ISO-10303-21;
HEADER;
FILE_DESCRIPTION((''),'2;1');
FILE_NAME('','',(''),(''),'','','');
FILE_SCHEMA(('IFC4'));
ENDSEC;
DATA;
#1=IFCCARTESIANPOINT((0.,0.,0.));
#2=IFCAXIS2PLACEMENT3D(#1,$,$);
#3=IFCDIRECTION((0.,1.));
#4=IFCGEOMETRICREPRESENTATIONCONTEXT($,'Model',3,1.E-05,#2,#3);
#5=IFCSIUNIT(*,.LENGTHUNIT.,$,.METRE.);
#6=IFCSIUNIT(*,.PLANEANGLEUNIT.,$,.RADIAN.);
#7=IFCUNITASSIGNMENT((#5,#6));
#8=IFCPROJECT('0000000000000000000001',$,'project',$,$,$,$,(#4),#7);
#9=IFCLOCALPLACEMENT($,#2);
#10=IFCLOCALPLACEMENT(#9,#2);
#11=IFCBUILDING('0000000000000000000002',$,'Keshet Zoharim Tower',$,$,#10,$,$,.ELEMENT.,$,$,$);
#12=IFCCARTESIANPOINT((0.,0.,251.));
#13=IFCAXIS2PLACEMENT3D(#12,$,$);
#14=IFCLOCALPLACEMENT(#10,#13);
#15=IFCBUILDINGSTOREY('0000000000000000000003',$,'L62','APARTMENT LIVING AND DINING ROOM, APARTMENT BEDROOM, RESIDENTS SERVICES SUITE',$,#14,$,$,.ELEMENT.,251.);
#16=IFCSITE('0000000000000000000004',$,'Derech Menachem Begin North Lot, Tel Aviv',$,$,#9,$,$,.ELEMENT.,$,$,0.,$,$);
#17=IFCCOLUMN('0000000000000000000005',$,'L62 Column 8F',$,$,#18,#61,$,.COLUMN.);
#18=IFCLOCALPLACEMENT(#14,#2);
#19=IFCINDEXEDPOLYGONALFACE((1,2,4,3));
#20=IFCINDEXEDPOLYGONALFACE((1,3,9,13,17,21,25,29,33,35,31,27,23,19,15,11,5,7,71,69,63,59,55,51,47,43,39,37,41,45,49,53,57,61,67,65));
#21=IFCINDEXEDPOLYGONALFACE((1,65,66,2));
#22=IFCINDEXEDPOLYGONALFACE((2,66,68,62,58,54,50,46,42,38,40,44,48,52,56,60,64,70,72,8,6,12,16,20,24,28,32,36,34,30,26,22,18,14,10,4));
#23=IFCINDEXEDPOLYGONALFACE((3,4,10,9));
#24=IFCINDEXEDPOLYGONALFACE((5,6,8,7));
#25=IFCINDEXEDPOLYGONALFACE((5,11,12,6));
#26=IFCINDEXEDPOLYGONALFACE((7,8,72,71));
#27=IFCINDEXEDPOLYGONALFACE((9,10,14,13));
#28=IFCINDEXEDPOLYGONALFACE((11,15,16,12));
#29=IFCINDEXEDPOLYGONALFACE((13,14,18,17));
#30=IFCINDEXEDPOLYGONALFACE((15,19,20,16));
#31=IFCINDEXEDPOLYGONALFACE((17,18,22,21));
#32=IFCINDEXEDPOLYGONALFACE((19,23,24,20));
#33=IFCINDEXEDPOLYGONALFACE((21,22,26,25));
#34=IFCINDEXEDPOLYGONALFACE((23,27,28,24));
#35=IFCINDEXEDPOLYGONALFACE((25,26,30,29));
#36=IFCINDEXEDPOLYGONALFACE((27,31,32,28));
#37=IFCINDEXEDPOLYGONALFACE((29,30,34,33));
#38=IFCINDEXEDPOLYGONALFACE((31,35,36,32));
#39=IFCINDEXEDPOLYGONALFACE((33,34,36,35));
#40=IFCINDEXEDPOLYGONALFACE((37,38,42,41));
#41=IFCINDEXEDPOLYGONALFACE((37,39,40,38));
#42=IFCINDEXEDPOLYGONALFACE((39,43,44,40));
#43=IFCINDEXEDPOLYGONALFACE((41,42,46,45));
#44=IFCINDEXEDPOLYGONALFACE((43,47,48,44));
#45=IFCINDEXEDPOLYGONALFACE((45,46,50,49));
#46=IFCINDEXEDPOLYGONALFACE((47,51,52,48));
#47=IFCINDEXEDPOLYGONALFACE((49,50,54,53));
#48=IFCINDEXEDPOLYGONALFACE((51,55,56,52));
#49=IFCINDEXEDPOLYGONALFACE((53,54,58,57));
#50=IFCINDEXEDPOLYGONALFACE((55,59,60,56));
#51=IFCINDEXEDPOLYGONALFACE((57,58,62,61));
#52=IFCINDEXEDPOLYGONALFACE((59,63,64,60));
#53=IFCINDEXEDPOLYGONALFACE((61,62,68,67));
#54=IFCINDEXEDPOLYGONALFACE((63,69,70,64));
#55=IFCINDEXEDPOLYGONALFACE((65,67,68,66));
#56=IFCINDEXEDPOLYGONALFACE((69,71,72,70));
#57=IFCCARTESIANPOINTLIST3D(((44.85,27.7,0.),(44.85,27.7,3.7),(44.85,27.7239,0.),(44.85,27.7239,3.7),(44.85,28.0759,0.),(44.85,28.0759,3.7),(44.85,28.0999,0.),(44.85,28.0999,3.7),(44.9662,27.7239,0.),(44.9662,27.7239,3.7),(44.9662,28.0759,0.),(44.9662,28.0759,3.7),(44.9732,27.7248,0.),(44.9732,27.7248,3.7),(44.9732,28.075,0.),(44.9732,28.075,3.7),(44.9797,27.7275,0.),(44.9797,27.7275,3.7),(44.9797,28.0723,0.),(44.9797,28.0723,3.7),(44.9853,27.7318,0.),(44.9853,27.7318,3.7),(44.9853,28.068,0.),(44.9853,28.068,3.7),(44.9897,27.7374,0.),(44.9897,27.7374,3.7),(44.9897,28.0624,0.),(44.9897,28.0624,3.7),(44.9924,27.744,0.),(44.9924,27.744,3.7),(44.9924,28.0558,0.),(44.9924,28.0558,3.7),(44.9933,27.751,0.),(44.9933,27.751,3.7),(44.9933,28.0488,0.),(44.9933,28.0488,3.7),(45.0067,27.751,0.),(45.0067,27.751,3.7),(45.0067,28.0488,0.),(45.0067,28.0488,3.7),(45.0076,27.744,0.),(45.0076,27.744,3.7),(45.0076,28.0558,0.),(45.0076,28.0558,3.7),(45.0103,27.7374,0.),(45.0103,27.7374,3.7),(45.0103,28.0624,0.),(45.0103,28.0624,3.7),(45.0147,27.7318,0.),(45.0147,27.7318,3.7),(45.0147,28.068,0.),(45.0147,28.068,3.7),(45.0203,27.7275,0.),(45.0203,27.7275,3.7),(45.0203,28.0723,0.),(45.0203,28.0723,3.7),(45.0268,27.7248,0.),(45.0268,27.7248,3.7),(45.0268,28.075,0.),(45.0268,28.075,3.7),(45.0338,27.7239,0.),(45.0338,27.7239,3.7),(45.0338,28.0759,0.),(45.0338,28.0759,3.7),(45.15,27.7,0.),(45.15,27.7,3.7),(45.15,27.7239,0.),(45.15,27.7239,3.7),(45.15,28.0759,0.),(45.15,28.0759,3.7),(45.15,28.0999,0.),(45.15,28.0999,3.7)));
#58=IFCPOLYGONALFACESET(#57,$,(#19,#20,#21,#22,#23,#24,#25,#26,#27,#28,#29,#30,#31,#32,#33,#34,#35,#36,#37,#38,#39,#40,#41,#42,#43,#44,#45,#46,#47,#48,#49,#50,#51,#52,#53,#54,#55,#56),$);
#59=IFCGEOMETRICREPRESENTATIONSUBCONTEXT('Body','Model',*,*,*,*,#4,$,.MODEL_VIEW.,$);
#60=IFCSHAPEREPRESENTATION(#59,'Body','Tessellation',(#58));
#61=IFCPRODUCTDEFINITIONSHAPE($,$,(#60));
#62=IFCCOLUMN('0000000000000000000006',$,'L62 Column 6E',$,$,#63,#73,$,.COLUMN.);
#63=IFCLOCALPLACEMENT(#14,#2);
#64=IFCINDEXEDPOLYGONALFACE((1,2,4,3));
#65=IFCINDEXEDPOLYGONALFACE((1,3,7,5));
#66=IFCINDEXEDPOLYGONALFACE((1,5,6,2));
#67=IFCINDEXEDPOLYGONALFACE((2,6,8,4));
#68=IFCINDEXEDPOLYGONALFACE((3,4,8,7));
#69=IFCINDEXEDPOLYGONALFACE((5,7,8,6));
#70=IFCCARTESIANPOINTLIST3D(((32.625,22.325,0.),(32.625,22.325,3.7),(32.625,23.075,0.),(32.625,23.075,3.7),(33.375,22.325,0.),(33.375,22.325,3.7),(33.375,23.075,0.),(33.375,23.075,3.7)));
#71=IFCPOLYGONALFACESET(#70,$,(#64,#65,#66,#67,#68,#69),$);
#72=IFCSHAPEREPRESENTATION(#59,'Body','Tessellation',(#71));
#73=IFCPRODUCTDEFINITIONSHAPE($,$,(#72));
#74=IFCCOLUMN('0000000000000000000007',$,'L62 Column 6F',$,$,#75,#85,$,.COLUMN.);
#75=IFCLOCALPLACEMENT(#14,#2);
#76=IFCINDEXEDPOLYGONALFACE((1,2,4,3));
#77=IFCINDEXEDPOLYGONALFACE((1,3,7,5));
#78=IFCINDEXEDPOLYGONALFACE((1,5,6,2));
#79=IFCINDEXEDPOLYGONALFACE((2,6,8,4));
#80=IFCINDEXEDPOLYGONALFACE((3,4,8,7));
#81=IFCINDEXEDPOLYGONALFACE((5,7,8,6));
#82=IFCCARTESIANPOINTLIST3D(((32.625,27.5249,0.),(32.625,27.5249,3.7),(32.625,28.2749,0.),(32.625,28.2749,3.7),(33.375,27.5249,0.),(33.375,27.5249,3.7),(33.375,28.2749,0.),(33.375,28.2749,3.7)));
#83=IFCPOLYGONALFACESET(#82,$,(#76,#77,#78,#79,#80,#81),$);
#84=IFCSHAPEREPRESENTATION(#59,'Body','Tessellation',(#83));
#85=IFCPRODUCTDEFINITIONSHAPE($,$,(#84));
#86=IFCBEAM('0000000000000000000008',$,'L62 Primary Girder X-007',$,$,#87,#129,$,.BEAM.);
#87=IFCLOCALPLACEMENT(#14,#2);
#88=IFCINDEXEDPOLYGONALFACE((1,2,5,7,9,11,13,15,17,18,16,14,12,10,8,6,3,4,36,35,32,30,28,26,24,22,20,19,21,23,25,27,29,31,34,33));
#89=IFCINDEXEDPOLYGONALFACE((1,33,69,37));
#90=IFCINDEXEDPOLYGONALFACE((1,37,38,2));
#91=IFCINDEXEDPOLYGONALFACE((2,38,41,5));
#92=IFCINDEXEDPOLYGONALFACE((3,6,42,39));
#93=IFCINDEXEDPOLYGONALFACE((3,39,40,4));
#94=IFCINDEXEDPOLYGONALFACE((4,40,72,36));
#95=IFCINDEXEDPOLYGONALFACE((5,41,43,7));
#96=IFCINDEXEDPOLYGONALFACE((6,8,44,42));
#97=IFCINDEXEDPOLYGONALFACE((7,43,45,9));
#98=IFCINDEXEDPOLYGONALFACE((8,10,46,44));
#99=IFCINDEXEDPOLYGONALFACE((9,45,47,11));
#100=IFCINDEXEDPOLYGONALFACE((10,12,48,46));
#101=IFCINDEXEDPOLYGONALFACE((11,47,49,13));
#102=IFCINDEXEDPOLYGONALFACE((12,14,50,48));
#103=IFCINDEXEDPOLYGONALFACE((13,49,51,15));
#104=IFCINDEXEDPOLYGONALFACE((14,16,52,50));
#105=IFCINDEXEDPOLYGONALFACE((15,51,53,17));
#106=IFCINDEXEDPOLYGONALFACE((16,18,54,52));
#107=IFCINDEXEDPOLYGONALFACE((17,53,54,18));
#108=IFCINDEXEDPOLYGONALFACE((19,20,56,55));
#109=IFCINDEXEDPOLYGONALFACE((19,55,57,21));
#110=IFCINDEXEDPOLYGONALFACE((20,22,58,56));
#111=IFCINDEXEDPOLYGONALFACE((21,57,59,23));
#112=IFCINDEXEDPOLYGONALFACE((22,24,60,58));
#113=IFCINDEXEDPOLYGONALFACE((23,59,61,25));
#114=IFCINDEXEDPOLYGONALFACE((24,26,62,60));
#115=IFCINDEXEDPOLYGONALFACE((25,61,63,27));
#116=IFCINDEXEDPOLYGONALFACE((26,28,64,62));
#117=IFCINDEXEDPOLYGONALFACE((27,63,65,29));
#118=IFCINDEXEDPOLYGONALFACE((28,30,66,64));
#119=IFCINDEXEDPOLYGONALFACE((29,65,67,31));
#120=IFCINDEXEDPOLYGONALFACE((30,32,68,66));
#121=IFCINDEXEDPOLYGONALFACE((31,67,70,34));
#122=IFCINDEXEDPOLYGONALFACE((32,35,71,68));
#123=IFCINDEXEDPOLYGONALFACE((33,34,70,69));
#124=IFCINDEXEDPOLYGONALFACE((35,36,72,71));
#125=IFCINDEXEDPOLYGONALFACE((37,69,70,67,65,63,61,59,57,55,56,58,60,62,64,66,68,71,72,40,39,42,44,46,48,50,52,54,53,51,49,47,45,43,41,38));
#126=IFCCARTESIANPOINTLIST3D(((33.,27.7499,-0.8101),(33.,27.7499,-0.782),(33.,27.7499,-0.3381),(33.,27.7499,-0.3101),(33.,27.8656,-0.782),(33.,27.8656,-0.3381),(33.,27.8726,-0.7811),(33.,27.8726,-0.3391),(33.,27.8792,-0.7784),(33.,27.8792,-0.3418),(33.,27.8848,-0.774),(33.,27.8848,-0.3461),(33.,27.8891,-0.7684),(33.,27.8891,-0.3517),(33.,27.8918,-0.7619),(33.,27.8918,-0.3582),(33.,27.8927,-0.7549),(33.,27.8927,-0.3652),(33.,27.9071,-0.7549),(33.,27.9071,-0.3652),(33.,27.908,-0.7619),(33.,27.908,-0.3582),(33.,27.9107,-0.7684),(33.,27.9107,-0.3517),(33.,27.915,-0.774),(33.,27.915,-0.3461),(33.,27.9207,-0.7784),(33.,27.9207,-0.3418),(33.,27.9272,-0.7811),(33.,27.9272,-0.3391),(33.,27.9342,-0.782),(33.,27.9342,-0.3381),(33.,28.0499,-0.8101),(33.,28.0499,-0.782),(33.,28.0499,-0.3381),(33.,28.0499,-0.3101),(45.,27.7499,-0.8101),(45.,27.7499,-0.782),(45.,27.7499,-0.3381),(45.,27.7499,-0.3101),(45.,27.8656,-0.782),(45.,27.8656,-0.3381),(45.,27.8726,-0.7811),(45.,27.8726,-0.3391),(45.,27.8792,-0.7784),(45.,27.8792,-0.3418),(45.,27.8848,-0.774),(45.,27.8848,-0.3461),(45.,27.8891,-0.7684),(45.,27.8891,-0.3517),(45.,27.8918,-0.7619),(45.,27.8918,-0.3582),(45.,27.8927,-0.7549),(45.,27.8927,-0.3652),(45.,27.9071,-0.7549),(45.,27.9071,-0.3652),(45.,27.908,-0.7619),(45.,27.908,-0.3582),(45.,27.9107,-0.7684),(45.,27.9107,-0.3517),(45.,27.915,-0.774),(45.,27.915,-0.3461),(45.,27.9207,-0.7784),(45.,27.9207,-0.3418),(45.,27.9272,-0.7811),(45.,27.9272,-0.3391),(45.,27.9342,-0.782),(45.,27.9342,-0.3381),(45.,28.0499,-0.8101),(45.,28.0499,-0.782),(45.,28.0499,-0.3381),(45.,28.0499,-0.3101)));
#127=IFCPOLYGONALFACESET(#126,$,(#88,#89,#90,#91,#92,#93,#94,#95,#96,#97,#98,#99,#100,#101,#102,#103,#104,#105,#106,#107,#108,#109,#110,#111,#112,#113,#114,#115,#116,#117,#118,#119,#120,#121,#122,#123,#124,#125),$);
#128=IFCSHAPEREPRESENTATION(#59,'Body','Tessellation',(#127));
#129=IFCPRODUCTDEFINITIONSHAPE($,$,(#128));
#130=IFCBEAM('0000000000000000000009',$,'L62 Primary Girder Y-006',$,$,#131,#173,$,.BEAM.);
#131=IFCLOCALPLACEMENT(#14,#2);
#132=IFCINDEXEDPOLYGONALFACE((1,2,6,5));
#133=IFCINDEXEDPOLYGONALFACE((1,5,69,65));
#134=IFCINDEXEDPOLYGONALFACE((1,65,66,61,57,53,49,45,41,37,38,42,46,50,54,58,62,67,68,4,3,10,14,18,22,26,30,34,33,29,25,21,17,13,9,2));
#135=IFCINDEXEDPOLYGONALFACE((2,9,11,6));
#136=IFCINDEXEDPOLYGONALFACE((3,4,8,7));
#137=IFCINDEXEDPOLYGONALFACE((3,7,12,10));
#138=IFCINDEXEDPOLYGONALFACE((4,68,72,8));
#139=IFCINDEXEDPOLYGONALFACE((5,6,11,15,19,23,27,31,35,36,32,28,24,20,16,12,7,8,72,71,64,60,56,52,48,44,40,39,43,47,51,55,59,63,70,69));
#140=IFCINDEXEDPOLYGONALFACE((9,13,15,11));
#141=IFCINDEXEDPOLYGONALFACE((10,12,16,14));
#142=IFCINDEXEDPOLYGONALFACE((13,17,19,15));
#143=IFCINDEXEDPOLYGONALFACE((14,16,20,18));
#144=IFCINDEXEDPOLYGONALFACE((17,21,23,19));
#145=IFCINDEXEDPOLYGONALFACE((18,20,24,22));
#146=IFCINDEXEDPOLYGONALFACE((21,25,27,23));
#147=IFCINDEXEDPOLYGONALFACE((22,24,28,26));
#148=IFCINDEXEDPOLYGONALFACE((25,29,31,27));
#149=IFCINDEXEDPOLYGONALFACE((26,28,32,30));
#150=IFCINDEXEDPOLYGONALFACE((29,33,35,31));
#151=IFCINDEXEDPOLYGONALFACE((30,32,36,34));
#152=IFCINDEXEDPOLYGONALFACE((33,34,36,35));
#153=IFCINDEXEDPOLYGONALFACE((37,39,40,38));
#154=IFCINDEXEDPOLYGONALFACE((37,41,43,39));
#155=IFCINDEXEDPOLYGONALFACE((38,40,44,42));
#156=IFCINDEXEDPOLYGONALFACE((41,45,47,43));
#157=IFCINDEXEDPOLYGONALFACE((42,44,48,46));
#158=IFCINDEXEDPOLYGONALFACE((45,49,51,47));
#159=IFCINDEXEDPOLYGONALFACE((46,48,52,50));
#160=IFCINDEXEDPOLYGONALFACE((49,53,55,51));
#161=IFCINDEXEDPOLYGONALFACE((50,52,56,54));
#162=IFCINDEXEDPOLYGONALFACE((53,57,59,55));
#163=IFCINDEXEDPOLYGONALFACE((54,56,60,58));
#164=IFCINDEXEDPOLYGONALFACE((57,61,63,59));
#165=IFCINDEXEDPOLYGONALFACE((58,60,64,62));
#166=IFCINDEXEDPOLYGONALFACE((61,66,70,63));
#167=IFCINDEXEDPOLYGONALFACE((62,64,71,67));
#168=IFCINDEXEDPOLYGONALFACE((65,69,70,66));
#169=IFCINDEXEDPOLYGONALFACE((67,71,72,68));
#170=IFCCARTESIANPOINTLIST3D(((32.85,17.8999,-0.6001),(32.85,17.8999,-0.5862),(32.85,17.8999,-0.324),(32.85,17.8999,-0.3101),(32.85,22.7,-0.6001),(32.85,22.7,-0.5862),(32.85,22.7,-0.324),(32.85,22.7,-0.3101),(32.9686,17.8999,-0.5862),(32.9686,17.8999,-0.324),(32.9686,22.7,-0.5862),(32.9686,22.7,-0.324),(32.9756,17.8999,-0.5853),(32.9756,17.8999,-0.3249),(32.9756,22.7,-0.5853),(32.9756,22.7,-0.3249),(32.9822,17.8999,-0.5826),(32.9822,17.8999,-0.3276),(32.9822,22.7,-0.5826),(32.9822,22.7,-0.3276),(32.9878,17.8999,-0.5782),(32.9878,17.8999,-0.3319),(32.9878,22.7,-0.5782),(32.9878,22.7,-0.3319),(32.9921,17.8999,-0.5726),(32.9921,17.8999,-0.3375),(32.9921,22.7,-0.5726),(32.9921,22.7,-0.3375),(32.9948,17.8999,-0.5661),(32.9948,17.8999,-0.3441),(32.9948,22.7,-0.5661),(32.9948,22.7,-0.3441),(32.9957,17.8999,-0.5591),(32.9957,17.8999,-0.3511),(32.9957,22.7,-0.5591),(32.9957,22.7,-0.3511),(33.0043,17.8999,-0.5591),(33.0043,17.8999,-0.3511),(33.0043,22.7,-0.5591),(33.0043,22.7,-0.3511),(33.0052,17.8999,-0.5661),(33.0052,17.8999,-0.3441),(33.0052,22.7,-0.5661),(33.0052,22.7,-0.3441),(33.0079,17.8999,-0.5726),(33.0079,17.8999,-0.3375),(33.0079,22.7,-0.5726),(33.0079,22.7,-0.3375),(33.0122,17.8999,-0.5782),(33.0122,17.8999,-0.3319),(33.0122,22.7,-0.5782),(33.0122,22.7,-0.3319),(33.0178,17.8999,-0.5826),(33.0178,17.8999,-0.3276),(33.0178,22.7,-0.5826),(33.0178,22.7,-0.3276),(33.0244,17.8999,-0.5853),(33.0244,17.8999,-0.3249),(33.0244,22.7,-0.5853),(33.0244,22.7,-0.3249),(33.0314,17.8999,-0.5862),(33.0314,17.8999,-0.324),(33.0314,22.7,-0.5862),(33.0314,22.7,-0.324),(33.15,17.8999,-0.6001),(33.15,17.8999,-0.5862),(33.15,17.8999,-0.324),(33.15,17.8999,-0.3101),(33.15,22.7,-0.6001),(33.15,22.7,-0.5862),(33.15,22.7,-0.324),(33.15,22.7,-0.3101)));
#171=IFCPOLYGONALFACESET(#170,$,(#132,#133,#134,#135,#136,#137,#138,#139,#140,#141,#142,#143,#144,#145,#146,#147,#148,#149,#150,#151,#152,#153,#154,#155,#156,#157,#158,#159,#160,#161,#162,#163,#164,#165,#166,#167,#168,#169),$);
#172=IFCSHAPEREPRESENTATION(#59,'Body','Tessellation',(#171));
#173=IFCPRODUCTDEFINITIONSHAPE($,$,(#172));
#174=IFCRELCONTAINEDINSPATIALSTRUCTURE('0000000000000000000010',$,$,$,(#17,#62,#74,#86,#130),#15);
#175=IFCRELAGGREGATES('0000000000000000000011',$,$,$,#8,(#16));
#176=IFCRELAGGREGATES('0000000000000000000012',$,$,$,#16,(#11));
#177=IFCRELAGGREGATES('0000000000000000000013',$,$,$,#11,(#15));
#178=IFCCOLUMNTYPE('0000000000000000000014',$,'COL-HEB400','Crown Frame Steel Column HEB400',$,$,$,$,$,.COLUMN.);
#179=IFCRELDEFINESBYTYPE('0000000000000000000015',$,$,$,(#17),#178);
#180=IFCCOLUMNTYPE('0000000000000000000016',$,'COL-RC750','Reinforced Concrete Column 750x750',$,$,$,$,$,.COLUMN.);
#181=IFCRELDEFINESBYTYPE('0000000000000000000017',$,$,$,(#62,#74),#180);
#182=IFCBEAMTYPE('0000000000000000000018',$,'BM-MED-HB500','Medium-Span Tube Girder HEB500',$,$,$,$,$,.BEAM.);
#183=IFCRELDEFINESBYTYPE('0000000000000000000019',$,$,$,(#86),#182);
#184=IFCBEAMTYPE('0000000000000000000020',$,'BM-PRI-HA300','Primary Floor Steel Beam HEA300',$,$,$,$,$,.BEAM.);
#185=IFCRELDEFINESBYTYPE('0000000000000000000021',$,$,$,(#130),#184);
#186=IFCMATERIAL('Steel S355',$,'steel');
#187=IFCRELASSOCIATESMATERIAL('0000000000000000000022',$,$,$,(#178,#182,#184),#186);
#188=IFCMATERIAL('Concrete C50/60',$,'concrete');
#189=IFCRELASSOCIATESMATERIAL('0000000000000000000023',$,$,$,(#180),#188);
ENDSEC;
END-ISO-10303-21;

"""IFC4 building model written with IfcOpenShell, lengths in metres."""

from ifc_helpers import new_model, si_unit, direction, frame, origin, origin_2d, place, context, subcontext, project, spatial, rectangle, i_section, extrude, material, material_profile, profile_set, type_object, element, save


model = new_model("IFC4")

# Units and contexts
model_context = context("Model", 3, precision=1e-05, world=origin(), true_north=direction((0.0, 1.0)))
body_context = subcontext(model_context, "Body", "Model", "MODEL_VIEW")
ifc_project = project(units=[si_unit("LENGTHUNIT", "METRE"), si_unit("PLANEANGLEUNIT", "RADIAN")], contexts=[model_context])

# Site, building, storey
site_placement = place(None, origin())
site = spatial("IfcSite", under=ifc_project, at=site_placement, Name="Derech Menachem Begin North Lot, Tel Aviv", CompositionType="ELEMENT", RefElevation=0.0)
building_placement = place(site_placement, origin())
building = spatial("IfcBuilding", under=site, at=building_placement, Name="Keshet Zoharim Tower", CompositionType="ELEMENT")
storey_placement = place(building_placement, frame((0.0, 0.0, 251.0)))
storey = spatial("IfcBuildingStorey", under=building, at=storey_placement, Name="L62", Description="APARTMENT LIVING AND DINING ROOM, APARTMENT BEDROOM, RESIDENTS SERVICES SUITE", CompositionType="ELEMENT", Elevation=251.0)

# Columns
ifc_material_1 = material(Name="Steel S355", Category="steel")
ifc_material_profile_1 = material_profile(ifc_material_1, i_section(OverallWidth=0.3, OverallDepth=0.3999, WebThickness=0.0134, FlangeThickness=0.0239, FilletRadius=0.0271, at=origin_2d()), Name="HEB400")
ifc_profile_set_1 = profile_set([ifc_material_profile_1], Name="Steel S355")
column_type_1 = type_object("IfcColumnType", Name="COL-HEB400", Description="Crown Frame Steel Column HEB400", PredefinedType="COLUMN", material=ifc_profile_set_1)
column_placement = place(storey_placement, frame((45.0, 27.8999, 0.0), z_axis=(0.0, 0.0, 1.0), x_axis=(1.0, 0.0, 0.0)))
element("IfcColumn", 1, at=column_placement, inside=storey, type_object=column_type_1, Name="L62 Column 8F", PredefinedType="COLUMN", context=body_context, shape_type="SweptSolid", body=[
    extrude(i_section(OverallWidth=0.3, OverallDepth=0.3999, WebThickness=0.0134, FlangeThickness=0.0239, FilletRadius=0.0271, at=origin_2d()), origin(), (0.0, 0.0, 1.0), 3.7),
])
ifc_material_2 = material(Name="Concrete C50/60", Category="concrete")
ifc_material_profile_2 = material_profile(ifc_material_2, rectangle(XDim=0.75, YDim=0.75, at=origin_2d()), Name="RC750x750")
ifc_profile_set_2 = profile_set([ifc_material_profile_2], Name="Concrete C50/60")
column_type_2 = type_object("IfcColumnType", Name="COL-RC750", Description="Reinforced Concrete Column 750x750", PredefinedType="COLUMN", material=ifc_profile_set_2)
for number, where, z_axis, x_axis, name in (
    (2, (33.0, 22.7, 0.0), (0.0, 0.0, 1.0), (1.0, 0.0, 0.0), "L62 Column 6E"),
    (3, (33.0, 27.8999, 0.0), (0.0, 0.0, 1.0), (1.0, 0.0, 0.0), "L62 Column 6F"),
):
    element("IfcColumn", number, at=place(storey_placement, frame(where, z_axis=z_axis, x_axis=x_axis)), inside=storey, type_object=column_type_2, Name=name, PredefinedType="COLUMN", context=body_context, shape_type="SweptSolid", body=[
        extrude(rectangle(XDim=0.75, YDim=0.75, at=origin_2d()), origin(), (0.0, 0.0, 1.0), 3.7),
    ])

# Beams
ifc_material_profile_3 = material_profile(ifc_material_1, i_section(OverallWidth=0.3, OverallDepth=0.5, WebThickness=0.0144, FlangeThickness=0.0281, FilletRadius=0.0271, at=origin_2d()), Name="HEB500")
ifc_profile_set_3 = profile_set([ifc_material_profile_3], Name="Steel S355")
beam_type_1 = type_object("IfcBeamType", Name="BM-MED-HB500", Description="Medium-Span Tube Girder HEB500", PredefinedType="BEAM", material=ifc_profile_set_3)
beam_1_placement = place(storey_placement, frame((33.0, 27.8999, -0.5601), z_axis=(1.0, 0.0, 0.0), x_axis=(0.0, 1.0, 0.0)))
element("IfcBeam", 4, at=beam_1_placement, inside=storey, type_object=beam_type_1, Name="L62 Primary Girder X-007", PredefinedType="BEAM", context=body_context, shape_type="SweptSolid", body=[
    extrude(i_section(OverallWidth=0.3, OverallDepth=0.5, WebThickness=0.0144, FlangeThickness=0.0281, FilletRadius=0.0271, at=origin_2d()), origin(), (0.0, 0.0, 1.0), 12.0),
])
ifc_material_profile_4 = material_profile(ifc_material_1, i_section(OverallWidth=0.3, OverallDepth=0.29, WebThickness=0.0085, FlangeThickness=0.0139, FilletRadius=0.0271, at=origin_2d()), Name="HEA300")
ifc_profile_set_4 = profile_set([ifc_material_profile_4], Name="Steel S355")
beam_type_2 = type_object("IfcBeamType", Name="BM-PRI-HA300", Description="Primary Floor Steel Beam HEA300", PredefinedType="BEAM", material=ifc_profile_set_4)
beam_2_placement = place(storey_placement, frame((33.0, 17.8999, -0.4551), z_axis=(0.0, 1.0, 0.0), x_axis=(-1.0, 0.0, 0.0)))
element("IfcBeam", 5, at=beam_2_placement, inside=storey, type_object=beam_type_2, Name="L62 Primary Girder Y-006", PredefinedType="BEAM", context=body_context, shape_type="SweptSolid", body=[
    extrude(i_section(OverallWidth=0.3, OverallDepth=0.29, WebThickness=0.0085, FlangeThickness=0.0139, FilletRadius=0.0271, at=origin_2d()), origin(), (0.0, 0.0, 1.0), 4.8),
])

save(model, "model.ifc")
